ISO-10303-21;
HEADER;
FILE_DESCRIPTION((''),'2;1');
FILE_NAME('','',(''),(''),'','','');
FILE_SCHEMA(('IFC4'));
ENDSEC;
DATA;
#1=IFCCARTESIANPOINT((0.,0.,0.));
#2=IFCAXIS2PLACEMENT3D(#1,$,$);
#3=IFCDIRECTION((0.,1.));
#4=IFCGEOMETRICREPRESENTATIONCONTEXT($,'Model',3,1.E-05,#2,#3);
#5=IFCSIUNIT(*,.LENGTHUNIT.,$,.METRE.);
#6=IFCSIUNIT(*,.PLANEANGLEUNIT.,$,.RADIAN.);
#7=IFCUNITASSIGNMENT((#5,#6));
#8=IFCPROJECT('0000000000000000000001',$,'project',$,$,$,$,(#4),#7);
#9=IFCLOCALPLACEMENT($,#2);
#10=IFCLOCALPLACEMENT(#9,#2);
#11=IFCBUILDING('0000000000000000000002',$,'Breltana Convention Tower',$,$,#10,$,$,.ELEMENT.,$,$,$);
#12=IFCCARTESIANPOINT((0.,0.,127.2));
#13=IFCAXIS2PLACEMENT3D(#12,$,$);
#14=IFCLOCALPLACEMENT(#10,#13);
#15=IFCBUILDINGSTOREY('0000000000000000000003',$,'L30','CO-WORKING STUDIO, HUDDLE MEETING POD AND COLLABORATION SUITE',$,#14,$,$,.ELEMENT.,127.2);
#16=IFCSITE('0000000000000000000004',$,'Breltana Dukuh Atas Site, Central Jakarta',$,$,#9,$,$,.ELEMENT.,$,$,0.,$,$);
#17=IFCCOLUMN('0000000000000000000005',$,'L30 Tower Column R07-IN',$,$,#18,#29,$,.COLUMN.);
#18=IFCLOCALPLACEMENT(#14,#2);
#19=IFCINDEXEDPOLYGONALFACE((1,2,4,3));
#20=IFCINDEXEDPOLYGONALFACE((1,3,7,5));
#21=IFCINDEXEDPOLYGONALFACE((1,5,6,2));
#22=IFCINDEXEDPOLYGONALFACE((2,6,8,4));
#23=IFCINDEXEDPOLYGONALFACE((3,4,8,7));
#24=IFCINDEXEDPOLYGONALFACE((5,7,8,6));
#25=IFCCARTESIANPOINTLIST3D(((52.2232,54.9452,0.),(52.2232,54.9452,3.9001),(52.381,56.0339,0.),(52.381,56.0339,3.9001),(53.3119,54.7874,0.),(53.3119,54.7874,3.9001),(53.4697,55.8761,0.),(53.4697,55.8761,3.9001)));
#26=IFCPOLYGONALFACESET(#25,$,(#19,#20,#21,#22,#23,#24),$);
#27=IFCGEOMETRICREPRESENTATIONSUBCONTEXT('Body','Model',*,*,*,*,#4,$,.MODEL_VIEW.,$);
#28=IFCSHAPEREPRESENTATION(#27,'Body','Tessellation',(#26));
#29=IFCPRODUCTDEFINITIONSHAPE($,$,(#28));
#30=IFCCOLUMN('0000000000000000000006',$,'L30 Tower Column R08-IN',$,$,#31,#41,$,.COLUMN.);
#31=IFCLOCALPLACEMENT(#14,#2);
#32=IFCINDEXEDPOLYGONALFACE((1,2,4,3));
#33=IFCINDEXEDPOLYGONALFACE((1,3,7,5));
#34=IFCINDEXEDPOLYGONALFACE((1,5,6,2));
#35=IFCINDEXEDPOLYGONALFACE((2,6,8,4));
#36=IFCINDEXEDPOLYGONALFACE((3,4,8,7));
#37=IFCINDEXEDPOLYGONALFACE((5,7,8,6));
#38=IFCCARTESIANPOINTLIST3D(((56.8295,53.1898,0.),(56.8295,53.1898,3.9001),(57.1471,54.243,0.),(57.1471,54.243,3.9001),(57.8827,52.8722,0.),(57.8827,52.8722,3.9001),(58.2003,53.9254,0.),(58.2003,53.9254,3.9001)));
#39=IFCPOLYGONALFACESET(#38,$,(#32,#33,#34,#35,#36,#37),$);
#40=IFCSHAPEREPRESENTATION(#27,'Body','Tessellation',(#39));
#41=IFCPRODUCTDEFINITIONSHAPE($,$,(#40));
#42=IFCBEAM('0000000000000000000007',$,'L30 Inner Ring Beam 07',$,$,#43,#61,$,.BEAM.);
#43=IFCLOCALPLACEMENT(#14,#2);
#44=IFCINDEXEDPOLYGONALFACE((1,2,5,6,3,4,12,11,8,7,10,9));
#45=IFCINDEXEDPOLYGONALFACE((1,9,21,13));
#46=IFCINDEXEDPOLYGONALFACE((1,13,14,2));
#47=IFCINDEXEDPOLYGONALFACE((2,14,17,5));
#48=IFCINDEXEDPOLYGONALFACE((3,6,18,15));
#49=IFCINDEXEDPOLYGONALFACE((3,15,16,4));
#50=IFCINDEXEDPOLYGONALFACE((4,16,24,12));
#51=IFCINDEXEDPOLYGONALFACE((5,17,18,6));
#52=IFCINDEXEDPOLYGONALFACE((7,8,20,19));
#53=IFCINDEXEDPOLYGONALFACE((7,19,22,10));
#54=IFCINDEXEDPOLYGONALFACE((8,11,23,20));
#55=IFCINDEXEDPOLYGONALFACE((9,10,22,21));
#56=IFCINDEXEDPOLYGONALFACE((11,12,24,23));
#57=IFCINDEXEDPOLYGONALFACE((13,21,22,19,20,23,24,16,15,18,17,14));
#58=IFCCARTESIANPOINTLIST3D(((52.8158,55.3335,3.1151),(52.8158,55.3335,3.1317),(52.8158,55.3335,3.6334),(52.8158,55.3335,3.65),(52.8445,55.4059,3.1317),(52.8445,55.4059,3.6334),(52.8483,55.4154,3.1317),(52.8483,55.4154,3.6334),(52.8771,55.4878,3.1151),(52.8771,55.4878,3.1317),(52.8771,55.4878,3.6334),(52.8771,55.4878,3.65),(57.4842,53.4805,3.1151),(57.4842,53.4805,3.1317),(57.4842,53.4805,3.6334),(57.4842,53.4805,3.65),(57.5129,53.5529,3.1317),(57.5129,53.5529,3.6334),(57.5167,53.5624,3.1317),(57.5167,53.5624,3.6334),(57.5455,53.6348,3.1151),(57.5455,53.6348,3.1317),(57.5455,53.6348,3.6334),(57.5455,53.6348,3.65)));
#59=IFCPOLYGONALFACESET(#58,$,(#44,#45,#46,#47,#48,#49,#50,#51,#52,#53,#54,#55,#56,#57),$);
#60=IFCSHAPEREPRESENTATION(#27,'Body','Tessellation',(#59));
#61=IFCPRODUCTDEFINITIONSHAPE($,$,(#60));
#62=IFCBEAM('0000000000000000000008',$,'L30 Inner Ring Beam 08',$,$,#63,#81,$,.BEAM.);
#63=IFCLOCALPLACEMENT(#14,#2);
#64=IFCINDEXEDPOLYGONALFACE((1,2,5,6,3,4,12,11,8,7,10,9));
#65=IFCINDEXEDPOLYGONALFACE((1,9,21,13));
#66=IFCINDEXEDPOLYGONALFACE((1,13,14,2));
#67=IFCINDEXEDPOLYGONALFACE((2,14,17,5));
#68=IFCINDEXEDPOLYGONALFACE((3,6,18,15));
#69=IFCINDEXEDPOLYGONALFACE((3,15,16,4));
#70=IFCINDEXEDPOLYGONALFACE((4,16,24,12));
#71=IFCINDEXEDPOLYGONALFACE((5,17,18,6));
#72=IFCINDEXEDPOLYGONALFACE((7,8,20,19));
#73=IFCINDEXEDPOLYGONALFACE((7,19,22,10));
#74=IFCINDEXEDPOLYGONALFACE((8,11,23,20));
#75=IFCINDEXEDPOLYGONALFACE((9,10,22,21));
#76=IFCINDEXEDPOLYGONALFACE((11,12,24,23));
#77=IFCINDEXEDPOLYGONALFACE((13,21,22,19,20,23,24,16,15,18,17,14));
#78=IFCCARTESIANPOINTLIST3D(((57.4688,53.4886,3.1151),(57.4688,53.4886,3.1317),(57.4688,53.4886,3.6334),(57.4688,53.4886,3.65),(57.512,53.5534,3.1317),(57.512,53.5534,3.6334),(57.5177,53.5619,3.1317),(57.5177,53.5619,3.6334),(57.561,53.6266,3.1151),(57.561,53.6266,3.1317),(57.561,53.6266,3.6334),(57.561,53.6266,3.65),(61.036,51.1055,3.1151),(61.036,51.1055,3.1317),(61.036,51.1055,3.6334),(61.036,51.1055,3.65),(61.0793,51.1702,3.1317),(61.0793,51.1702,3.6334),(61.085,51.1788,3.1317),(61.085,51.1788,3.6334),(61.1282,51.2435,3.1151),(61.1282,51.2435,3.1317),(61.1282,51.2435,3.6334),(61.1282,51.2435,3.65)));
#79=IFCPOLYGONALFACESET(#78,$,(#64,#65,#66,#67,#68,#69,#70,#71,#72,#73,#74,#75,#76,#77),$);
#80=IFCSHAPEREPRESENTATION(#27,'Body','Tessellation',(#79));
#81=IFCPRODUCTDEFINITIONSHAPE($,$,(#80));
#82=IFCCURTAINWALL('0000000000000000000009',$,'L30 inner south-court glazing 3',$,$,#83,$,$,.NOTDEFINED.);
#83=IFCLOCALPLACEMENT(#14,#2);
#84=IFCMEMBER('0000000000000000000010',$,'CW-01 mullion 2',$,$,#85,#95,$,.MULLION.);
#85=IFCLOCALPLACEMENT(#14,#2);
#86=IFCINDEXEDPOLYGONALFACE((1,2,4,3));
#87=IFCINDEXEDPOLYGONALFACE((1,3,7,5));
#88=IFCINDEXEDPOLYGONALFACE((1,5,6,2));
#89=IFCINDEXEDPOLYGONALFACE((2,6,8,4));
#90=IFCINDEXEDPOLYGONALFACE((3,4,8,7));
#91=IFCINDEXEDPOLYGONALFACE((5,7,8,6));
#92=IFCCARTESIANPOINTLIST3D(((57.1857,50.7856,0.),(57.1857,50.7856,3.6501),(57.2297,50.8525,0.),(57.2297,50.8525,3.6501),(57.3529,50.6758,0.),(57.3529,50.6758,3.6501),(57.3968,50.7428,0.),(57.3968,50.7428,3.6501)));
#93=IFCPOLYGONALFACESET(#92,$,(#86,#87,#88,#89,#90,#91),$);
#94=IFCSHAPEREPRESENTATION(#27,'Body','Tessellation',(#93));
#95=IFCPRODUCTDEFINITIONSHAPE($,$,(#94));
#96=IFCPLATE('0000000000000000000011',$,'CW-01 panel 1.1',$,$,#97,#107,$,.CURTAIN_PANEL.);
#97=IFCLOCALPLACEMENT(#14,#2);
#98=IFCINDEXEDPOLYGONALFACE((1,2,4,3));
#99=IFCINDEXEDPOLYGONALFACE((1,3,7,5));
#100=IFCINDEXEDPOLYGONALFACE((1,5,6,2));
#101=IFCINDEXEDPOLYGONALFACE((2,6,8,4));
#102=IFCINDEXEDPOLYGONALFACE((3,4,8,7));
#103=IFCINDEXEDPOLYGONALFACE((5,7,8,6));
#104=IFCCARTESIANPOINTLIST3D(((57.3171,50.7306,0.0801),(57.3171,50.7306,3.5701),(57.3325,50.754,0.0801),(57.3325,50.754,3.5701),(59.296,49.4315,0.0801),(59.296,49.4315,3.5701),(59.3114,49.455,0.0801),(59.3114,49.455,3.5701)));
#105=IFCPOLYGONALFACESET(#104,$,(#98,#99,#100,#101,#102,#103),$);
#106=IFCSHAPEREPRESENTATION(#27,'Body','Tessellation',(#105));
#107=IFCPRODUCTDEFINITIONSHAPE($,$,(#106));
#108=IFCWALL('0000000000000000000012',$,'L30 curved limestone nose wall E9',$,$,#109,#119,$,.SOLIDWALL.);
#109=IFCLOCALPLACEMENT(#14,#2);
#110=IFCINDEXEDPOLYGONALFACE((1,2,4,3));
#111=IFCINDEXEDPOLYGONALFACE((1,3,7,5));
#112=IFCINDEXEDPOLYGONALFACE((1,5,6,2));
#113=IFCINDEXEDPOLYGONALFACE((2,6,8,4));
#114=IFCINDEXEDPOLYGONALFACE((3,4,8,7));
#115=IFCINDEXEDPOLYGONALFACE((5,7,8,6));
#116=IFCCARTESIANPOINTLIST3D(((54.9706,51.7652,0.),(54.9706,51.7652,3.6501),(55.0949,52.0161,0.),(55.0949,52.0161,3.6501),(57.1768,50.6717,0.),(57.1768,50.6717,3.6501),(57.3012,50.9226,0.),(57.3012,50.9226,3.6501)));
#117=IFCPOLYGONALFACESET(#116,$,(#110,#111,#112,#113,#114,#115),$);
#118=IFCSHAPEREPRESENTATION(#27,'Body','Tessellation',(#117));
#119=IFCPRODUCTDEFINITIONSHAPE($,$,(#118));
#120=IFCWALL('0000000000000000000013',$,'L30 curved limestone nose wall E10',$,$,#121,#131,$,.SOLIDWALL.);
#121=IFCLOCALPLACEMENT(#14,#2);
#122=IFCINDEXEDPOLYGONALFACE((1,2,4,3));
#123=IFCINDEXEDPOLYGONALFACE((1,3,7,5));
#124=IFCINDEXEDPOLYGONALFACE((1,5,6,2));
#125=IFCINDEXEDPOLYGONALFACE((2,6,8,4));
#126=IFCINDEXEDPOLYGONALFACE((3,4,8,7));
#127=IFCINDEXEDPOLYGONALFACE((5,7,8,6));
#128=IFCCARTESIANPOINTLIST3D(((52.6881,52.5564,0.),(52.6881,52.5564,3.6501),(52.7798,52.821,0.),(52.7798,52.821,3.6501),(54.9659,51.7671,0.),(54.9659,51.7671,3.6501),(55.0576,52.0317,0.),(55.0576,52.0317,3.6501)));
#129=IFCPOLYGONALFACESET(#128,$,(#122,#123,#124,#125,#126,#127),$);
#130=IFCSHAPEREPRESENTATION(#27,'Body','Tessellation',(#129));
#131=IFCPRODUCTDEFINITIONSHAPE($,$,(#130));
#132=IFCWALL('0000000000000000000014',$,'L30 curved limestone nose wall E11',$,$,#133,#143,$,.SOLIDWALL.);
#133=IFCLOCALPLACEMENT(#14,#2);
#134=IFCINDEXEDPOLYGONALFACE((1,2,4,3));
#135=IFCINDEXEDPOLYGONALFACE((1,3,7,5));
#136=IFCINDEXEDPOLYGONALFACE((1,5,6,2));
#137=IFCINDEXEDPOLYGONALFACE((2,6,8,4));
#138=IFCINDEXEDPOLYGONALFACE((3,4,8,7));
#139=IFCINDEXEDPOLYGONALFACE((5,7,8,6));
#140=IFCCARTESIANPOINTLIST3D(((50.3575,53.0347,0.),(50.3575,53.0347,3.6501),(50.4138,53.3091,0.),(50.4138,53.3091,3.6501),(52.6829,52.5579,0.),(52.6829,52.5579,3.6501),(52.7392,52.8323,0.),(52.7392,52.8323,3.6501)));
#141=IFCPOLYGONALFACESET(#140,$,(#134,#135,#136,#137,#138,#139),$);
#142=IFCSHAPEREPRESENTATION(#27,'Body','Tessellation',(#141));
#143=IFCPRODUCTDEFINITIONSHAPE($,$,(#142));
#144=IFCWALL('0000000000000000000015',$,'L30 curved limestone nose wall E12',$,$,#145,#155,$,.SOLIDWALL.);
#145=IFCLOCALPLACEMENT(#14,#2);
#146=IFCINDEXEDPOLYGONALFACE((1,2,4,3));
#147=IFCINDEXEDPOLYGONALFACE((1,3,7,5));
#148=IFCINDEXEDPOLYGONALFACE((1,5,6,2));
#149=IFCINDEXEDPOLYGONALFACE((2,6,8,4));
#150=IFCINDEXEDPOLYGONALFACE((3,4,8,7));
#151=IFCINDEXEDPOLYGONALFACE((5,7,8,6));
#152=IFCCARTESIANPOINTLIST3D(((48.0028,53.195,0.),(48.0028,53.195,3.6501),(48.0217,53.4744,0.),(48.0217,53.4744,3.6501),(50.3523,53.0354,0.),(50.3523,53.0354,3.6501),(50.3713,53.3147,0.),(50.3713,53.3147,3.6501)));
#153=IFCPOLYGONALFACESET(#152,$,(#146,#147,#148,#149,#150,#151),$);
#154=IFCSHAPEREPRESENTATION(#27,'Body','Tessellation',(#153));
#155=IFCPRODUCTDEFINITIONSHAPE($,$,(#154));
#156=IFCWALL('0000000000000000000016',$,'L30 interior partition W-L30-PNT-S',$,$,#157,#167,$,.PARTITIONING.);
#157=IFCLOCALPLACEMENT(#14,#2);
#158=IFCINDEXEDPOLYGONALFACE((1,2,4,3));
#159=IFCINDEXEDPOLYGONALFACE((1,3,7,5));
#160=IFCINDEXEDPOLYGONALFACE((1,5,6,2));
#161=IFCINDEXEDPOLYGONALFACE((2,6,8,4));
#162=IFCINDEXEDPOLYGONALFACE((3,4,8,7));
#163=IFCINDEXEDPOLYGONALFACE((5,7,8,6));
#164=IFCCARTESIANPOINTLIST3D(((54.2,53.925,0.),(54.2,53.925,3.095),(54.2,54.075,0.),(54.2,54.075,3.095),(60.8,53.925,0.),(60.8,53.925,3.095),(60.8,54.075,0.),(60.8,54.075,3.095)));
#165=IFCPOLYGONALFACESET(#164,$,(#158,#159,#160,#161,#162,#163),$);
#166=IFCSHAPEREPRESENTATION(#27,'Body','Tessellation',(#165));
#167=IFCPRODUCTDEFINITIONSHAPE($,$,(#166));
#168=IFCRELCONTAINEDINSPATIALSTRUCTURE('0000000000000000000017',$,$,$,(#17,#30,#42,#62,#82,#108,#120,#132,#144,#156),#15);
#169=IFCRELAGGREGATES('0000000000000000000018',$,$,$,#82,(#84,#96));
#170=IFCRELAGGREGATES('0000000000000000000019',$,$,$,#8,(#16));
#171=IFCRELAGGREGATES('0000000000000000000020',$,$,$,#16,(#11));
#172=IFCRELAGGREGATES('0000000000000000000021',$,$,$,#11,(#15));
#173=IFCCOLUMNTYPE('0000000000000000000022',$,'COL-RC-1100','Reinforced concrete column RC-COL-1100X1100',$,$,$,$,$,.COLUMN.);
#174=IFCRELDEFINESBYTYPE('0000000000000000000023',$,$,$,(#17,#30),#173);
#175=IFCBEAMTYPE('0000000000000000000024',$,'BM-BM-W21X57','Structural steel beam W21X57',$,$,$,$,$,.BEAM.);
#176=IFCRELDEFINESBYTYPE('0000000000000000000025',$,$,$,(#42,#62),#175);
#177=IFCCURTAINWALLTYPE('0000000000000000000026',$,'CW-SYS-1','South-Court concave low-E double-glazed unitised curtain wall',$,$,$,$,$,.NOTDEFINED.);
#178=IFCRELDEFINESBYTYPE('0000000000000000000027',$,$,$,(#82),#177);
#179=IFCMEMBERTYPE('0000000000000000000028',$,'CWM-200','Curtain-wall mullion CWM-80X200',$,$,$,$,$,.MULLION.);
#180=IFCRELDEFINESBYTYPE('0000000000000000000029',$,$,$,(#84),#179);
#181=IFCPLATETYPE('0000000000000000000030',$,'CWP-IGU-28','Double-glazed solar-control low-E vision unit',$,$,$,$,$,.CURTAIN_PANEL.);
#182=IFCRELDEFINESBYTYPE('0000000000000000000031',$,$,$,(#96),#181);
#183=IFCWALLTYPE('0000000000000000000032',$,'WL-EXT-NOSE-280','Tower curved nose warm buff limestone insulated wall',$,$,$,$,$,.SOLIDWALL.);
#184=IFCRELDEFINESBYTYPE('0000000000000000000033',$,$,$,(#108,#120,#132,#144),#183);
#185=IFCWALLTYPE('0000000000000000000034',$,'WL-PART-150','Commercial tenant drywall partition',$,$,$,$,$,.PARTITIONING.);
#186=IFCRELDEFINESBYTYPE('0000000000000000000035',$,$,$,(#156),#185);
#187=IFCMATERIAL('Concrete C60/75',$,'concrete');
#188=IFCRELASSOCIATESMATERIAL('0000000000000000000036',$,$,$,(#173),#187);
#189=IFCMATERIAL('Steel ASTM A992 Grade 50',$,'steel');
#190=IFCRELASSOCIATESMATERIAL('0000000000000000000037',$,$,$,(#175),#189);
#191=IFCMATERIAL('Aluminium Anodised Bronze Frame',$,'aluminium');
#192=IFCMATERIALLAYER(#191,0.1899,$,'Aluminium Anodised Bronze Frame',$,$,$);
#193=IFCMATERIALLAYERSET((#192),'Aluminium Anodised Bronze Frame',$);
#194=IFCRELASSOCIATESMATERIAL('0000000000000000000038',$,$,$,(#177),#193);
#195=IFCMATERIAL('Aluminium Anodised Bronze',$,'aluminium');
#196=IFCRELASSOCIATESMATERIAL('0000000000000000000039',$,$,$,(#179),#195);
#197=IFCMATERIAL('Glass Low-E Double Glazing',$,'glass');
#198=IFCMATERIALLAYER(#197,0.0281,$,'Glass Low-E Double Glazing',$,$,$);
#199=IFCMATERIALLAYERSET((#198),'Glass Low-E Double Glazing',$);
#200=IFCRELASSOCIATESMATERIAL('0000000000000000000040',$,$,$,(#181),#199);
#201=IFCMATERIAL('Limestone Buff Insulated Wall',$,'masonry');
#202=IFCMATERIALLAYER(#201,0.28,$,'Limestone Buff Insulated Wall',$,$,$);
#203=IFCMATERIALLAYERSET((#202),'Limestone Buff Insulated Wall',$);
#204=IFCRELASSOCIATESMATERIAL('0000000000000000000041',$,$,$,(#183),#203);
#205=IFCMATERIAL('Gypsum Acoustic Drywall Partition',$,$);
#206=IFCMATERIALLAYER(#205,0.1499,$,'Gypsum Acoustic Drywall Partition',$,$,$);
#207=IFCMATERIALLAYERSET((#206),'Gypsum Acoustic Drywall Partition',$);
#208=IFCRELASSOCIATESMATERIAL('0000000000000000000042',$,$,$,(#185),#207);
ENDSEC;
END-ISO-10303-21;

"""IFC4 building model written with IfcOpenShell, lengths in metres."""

from ifc_helpers import new_model, si_unit, direction, frame, frame_2d, origin, origin_2d, place, context, subcontext, project, spatial, rectangle, i_section, extrude, source, transform, mapped, material, layer, layer_set, material_profile, profile_set, type_object, element, aggregate, save


model = new_model("IFC4")

# Units and contexts
model_context = context("Model", 3, precision=1e-05, world=origin(), true_north=direction((0.0, 1.0)))
body_context = subcontext(model_context, "Body", "Model", "MODEL_VIEW")
ifc_project = project(units=[si_unit("LENGTHUNIT", "METRE"), si_unit("PLANEANGLEUNIT", "RADIAN")], contexts=[model_context])

# Site, building, storey
site_placement = place(None, origin())
site = spatial("IfcSite", under=ifc_project, at=site_placement, Name="Breltana Dukuh Atas Site, Central Jakarta", CompositionType="ELEMENT", RefElevation=0.0)
building_placement = place(site_placement, origin())
building = spatial("IfcBuilding", under=site, at=building_placement, Name="Breltana Convention Tower", CompositionType="ELEMENT")
storey_placement = place(building_placement, frame((0.0, 0.0, 127.2)))
storey = spatial("IfcBuildingStorey", under=building, at=storey_placement, Name="L30", Description="CO-WORKING STUDIO, HUDDLE MEETING POD AND COLLABORATION SUITE", CompositionType="ELEMENT", Elevation=127.2)

# Columns
ifc_material_1 = material(Name="Concrete C60/75", Category="concrete")
ifc_material_profile_1 = material_profile(ifc_material_1, rectangle(XDim=1.1001, YDim=1.1001, at=origin_2d()), Name="RC-COL-1100X1100")
ifc_profile_set_1 = profile_set([ifc_material_profile_1], Name="Concrete C60/75")
column_type = type_object("IfcColumnType", Name="COL-RC-1100", Description="Reinforced concrete column RC-COL-1100X1100", PredefinedType="COLUMN", material=ifc_profile_set_1)
shared_shape_1 = source(origin(), body_context, "Body", "SweptSolid", [
    extrude(rectangle(XDim=1.1001, YDim=1.1001, at=origin_2d()), origin(), (0.0, 0.0, 1.0), 3.9001),
])
for number, where, z_axis, x_axis, name in (
    (1, (52.8464, 55.4106, 0.0), (0.0, 0.0, 1.0), (0.143493, 0.989651, 0.0), "L30 Tower Column R07-IN"),
    (2, (57.5149, 53.5576, 0.0), (0.0, 0.0, 1.0), (0.288698, 0.95742, 0.0), "L30 Tower Column R08-IN"),
):
    element("IfcColumn", number, at=place(storey_placement, frame(where, z_axis=z_axis, x_axis=x_axis)), inside=storey, type_object=column_type, Name=name, PredefinedType="COLUMN", context=body_context, shape_type="MappedRepresentation", body=[
        mapped(shared_shape_1, transform((0.0, 0.0, 0.0), scale=1.0)),
    ])

# Beams
ifc_material_2 = material(Name="Steel ASTM A992 Grade 50", Category="steel")
ifc_material_profile_2 = material_profile(ifc_material_2, i_section(OverallWidth=0.166, OverallDepth=0.5349, WebThickness=0.0103, FlangeThickness=0.0166, at=origin_2d()), Name="W21X57")
ifc_profile_set_2 = profile_set([ifc_material_profile_2], Name="Steel ASTM A992 Grade 50")
beam_type = type_object("IfcBeamType", Name="BM-BM-W21X57", Description="Structural steel beam W21X57", PredefinedType="BEAM", material=ifc_profile_set_2)
shared_shape_2 = source(origin(), body_context, "Body", "SweptSolid", [
    extrude(i_section(OverallWidth=0.166, OverallDepth=0.5349, WebThickness=0.0103, FlangeThickness=0.0166, at=origin_2d()), origin(), (0.0, 0.0, 1.0), 5.0227),
])
beam_1_placement = place(storey_placement, frame((52.8464, 55.4106, 3.3826), z_axis=(0.929459, -0.368926, 0.0), x_axis=(0.368926, 0.929459, 0.0)))
element("IfcBeam", 3, at=beam_1_placement, inside=storey, type_object=beam_type, Name="L30 Inner Ring Beam 07", PredefinedType="BEAM", context=body_context, shape_type="MappedRepresentation", body=[
    mapped(shared_shape_2, transform((0.0, 0.0, 0.0), scale=1.0)),
])
shared_shape_3 = source(origin(), body_context, "Body", "SweptSolid", [
    extrude(i_section(OverallWidth=0.166, OverallDepth=0.5349, WebThickness=0.0103, FlangeThickness=0.0166, at=origin_2d()), origin(), (0.0, 0.0, 1.0), 4.29),
])
beam_2_placement = place(storey_placement, frame((57.5149, 53.5576, 3.3826), z_axis=(0.831516, -0.555501, 0.0), x_axis=(0.555501, 0.831516, 0.0)))
element("IfcBeam", 4, at=beam_2_placement, inside=storey, type_object=beam_type, Name="L30 Inner Ring Beam 08", PredefinedType="BEAM", context=body_context, shape_type="MappedRepresentation", body=[
    mapped(shared_shape_3, transform((0.0, 0.0, 0.0), scale=1.0)),
])

# Curtain wall, member, plate
ifc_material_3 = material(Name="Aluminium Anodised Bronze Frame", Category="aluminium")
ifc_layer_1 = layer(ifc_material_3, 0.1899, Name="Aluminium Anodised Bronze Frame")
ifc_layer_set_1 = layer_set([ifc_layer_1], Name="Aluminium Anodised Bronze Frame")
curtain_wall_type = type_object("IfcCurtainWallType", Name="CW-SYS-1", Description="South-Court concave low-E double-glazed unitised curtain wall", PredefinedType="NOTDEFINED", material=ifc_layer_set_1)
curtain_wall_placement = place(storey_placement, origin())
curtain_wall = element("IfcCurtainWall", 5, at=curtain_wall_placement, inside=storey, type_object=curtain_wall_type, Name="L30 inner south-court glazing 3", PredefinedType="NOTDEFINED")
ifc_material_4 = material(Name="Aluminium Anodised Bronze", Category="aluminium")
ifc_material_profile_3 = material_profile(ifc_material_4, rectangle(XDim=0.0801, YDim=0.2, at=origin_2d()), Name="CWM-80X200")
ifc_profile_set_3 = profile_set([ifc_material_profile_3], Name="Aluminium Anodised Bronze")
member_type = type_object("IfcMemberType", Name="CWM-200", Description="Curtain-wall mullion CWM-80X200", PredefinedType="MULLION", material=ifc_profile_set_3)
shared_shape_4 = source(origin(), body_context, "Body", "SweptSolid", [
    extrude(rectangle(XDim=0.0801, YDim=0.2, at=origin_2d()), origin(), (0.0, 0.0, 1.0), 3.6501),
])
member_placement = place(storey_placement, frame((57.2913, 50.7642, 0.0), z_axis=(0.0, 0.0, 1.0), x_axis=(-0.548778, -0.835968, 0.0)))
member = element("IfcMember", 6, at=member_placement, type_object=member_type, Name="CW-01 mullion 2", PredefinedType="MULLION", context=body_context, shape_type="MappedRepresentation", body=[
    mapped(shared_shape_4, transform((0.0, 0.0, 0.0), scale=1.0)),
])
ifc_material_5 = material(Name="Glass Low-E Double Glazing", Category="glass")
ifc_layer_2 = layer(ifc_material_5, 0.0281, Name="Glass Low-E Double Glazing")
ifc_layer_set_2 = layer_set([ifc_layer_2], Name="Glass Low-E Double Glazing")
plate_type = type_object("IfcPlateType", Name="CWP-IGU-28", Description="Double-glazed solar-control low-E vision unit", PredefinedType="CURTAIN_PANEL", material=ifc_layer_set_2)
shared_shape_5 = source(origin(), body_context, "Body", "SweptSolid", [
    extrude(rectangle(XDim=2.3672, YDim=0.0281, at=origin_2d()), origin(), (0.0, 0.0, 1.0), 3.49),
])
plate_placement = place(storey_placement, frame((58.3142, 50.0928, 0.0801), z_axis=(0.0, 0.0, 1.0), x_axis=(-0.835968, 0.548778, 0.0)))
plate = element("IfcPlate", 7, at=plate_placement, type_object=plate_type, Name="CW-01 panel 1.1", PredefinedType="CURTAIN_PANEL", context=body_context, shape_type="MappedRepresentation", body=[
    mapped(shared_shape_5, transform((0.0, 0.0, 0.0), scale=1.0)),
])
aggregate(curtain_wall, [member, plate])

# Walls
ifc_material_6 = material(Name="Limestone Buff Insulated Wall", Category="masonry")
ifc_layer_3 = layer(ifc_material_6, 0.28, Name="Limestone Buff Insulated Wall")
ifc_layer_set_3 = layer_set([ifc_layer_3], Name="Limestone Buff Insulated Wall")
wall_type_1 = type_object("IfcWallType", Name="WL-EXT-NOSE-280", Description="Tower curved nose warm buff limestone insulated wall", PredefinedType="SOLIDWALL", material=ifc_layer_set_3)
shared_shape_6 = source(origin(), body_context, "Body", "SweptSolid", [
    extrude(rectangle(XDim=2.4624, YDim=0.28, at=frame_2d((1.2312, 0.0))), origin(), (0.0, 0.0, 1.0), 3.6501),
])
wall_1_placement = place(storey_placement, frame((57.239, 50.7971, 0.0), z_axis=(0.0, 0.0, 1.0), x_axis=(-0.895988, 0.444078, 0.0)))
element("IfcWall", 8, at=wall_1_placement, inside=storey, type_object=wall_type_1, Name="L30 curved limestone nose wall E9", PredefinedType="SOLIDWALL", context=body_context, shape_type="MappedRepresentation", body=[
    mapped(shared_shape_6, transform((0.0, 0.0, 0.0), scale=1.0)),
])
shared_shape_7 = source(origin(), body_context, "Body", "SweptSolid", [
    extrude(rectangle(XDim=2.4106, YDim=0.28, at=frame_2d((1.2053, 0.0))), origin(), (0.0, 0.0, 1.0), 3.6501),
])
wall_2_placement = place(storey_placement, frame((55.0117, 51.8994, 0.0), z_axis=(0.0, 0.0, 1.0), x_axis=(-0.94488, 0.327417, 0.0)))
element("IfcWall", 9, at=wall_2_placement, inside=storey, type_object=wall_type_1, Name="L30 curved limestone nose wall E10", PredefinedType="SOLIDWALL", context=body_context, shape_type="MappedRepresentation", body=[
    mapped(shared_shape_7, transform((0.0, 0.0, 0.0), scale=1.0)),
])
shared_shape_8 = source(origin(), body_context, "Body", "SweptSolid", [
    extrude(rectangle(XDim=2.3738, YDim=0.28, at=frame_2d((1.187, 0.0))), origin(), (0.0, 0.0, 1.0), 3.6501),
])
wall_3_placement = place(storey_placement, frame((52.7112, 52.6951, 0.0), z_axis=(0.0, 0.0, 1.0), x_axis=(-0.97962, 0.200861, 0.0)))
element("IfcWall", 10, at=wall_3_placement, inside=storey, type_object=wall_type_1, Name="L30 curved limestone nose wall E11", PredefinedType="SOLIDWALL", context=body_context, shape_type="MappedRepresentation", body=[
    mapped(shared_shape_8, transform((0.0, 0.0, 0.0), scale=1.0)),
])
shared_shape_9 = source(origin(), body_context, "Body", "SweptSolid", [
    extrude(rectangle(XDim=2.355, YDim=0.28, at=frame_2d((1.1775, 0.0))), origin(), (0.0, 0.0, 1.0), 3.6501),
])
wall_4_placement = place(storey_placement, frame((50.3618, 53.175, 0.0), z_axis=(0.0, 0.0, 1.0), x_axis=(-0.997699, 0.067799, 0.0)))
element("IfcWall", 11, at=wall_4_placement, inside=storey, type_object=wall_type_1, Name="L30 curved limestone nose wall E12", PredefinedType="SOLIDWALL", context=body_context, shape_type="MappedRepresentation", body=[
    mapped(shared_shape_9, transform((0.0, 0.0, 0.0), scale=1.0)),
])
ifc_material_7 = material(Name="Gypsum Acoustic Drywall Partition")
ifc_layer_4 = layer(ifc_material_7, 0.1499, Name="Gypsum Acoustic Drywall Partition")
ifc_layer_set_4 = layer_set([ifc_layer_4], Name="Gypsum Acoustic Drywall Partition")
wall_type_2 = type_object("IfcWallType", Name="WL-PART-150", Description="Commercial tenant drywall partition", PredefinedType="PARTITIONING", material=ifc_layer_set_4)
shared_shape_10 = source(origin(), body_context, "Body", "SweptSolid", [
    extrude(rectangle(XDim=6.6001, YDim=0.1499, at=frame_2d((3.3, 0.0))), origin(), (0.0, 0.0, 1.0), 3.095),
])
wall_5_placement = place(storey_placement, frame((54.2, 54.0, 0.0), z_axis=(0.0, 0.0, 1.0), x_axis=(1.0, 0.0, 0.0)))
element("IfcWall", 12, at=wall_5_placement, inside=storey, type_object=wall_type_2, Name="L30 interior partition W-L30-PNT-S", PredefinedType="PARTITIONING", context=body_context, shape_type="MappedRepresentation", body=[
    mapped(shared_shape_10, transform((0.0, 0.0, 0.0), scale=1.0)),
])

save(model, "model.ifc")
